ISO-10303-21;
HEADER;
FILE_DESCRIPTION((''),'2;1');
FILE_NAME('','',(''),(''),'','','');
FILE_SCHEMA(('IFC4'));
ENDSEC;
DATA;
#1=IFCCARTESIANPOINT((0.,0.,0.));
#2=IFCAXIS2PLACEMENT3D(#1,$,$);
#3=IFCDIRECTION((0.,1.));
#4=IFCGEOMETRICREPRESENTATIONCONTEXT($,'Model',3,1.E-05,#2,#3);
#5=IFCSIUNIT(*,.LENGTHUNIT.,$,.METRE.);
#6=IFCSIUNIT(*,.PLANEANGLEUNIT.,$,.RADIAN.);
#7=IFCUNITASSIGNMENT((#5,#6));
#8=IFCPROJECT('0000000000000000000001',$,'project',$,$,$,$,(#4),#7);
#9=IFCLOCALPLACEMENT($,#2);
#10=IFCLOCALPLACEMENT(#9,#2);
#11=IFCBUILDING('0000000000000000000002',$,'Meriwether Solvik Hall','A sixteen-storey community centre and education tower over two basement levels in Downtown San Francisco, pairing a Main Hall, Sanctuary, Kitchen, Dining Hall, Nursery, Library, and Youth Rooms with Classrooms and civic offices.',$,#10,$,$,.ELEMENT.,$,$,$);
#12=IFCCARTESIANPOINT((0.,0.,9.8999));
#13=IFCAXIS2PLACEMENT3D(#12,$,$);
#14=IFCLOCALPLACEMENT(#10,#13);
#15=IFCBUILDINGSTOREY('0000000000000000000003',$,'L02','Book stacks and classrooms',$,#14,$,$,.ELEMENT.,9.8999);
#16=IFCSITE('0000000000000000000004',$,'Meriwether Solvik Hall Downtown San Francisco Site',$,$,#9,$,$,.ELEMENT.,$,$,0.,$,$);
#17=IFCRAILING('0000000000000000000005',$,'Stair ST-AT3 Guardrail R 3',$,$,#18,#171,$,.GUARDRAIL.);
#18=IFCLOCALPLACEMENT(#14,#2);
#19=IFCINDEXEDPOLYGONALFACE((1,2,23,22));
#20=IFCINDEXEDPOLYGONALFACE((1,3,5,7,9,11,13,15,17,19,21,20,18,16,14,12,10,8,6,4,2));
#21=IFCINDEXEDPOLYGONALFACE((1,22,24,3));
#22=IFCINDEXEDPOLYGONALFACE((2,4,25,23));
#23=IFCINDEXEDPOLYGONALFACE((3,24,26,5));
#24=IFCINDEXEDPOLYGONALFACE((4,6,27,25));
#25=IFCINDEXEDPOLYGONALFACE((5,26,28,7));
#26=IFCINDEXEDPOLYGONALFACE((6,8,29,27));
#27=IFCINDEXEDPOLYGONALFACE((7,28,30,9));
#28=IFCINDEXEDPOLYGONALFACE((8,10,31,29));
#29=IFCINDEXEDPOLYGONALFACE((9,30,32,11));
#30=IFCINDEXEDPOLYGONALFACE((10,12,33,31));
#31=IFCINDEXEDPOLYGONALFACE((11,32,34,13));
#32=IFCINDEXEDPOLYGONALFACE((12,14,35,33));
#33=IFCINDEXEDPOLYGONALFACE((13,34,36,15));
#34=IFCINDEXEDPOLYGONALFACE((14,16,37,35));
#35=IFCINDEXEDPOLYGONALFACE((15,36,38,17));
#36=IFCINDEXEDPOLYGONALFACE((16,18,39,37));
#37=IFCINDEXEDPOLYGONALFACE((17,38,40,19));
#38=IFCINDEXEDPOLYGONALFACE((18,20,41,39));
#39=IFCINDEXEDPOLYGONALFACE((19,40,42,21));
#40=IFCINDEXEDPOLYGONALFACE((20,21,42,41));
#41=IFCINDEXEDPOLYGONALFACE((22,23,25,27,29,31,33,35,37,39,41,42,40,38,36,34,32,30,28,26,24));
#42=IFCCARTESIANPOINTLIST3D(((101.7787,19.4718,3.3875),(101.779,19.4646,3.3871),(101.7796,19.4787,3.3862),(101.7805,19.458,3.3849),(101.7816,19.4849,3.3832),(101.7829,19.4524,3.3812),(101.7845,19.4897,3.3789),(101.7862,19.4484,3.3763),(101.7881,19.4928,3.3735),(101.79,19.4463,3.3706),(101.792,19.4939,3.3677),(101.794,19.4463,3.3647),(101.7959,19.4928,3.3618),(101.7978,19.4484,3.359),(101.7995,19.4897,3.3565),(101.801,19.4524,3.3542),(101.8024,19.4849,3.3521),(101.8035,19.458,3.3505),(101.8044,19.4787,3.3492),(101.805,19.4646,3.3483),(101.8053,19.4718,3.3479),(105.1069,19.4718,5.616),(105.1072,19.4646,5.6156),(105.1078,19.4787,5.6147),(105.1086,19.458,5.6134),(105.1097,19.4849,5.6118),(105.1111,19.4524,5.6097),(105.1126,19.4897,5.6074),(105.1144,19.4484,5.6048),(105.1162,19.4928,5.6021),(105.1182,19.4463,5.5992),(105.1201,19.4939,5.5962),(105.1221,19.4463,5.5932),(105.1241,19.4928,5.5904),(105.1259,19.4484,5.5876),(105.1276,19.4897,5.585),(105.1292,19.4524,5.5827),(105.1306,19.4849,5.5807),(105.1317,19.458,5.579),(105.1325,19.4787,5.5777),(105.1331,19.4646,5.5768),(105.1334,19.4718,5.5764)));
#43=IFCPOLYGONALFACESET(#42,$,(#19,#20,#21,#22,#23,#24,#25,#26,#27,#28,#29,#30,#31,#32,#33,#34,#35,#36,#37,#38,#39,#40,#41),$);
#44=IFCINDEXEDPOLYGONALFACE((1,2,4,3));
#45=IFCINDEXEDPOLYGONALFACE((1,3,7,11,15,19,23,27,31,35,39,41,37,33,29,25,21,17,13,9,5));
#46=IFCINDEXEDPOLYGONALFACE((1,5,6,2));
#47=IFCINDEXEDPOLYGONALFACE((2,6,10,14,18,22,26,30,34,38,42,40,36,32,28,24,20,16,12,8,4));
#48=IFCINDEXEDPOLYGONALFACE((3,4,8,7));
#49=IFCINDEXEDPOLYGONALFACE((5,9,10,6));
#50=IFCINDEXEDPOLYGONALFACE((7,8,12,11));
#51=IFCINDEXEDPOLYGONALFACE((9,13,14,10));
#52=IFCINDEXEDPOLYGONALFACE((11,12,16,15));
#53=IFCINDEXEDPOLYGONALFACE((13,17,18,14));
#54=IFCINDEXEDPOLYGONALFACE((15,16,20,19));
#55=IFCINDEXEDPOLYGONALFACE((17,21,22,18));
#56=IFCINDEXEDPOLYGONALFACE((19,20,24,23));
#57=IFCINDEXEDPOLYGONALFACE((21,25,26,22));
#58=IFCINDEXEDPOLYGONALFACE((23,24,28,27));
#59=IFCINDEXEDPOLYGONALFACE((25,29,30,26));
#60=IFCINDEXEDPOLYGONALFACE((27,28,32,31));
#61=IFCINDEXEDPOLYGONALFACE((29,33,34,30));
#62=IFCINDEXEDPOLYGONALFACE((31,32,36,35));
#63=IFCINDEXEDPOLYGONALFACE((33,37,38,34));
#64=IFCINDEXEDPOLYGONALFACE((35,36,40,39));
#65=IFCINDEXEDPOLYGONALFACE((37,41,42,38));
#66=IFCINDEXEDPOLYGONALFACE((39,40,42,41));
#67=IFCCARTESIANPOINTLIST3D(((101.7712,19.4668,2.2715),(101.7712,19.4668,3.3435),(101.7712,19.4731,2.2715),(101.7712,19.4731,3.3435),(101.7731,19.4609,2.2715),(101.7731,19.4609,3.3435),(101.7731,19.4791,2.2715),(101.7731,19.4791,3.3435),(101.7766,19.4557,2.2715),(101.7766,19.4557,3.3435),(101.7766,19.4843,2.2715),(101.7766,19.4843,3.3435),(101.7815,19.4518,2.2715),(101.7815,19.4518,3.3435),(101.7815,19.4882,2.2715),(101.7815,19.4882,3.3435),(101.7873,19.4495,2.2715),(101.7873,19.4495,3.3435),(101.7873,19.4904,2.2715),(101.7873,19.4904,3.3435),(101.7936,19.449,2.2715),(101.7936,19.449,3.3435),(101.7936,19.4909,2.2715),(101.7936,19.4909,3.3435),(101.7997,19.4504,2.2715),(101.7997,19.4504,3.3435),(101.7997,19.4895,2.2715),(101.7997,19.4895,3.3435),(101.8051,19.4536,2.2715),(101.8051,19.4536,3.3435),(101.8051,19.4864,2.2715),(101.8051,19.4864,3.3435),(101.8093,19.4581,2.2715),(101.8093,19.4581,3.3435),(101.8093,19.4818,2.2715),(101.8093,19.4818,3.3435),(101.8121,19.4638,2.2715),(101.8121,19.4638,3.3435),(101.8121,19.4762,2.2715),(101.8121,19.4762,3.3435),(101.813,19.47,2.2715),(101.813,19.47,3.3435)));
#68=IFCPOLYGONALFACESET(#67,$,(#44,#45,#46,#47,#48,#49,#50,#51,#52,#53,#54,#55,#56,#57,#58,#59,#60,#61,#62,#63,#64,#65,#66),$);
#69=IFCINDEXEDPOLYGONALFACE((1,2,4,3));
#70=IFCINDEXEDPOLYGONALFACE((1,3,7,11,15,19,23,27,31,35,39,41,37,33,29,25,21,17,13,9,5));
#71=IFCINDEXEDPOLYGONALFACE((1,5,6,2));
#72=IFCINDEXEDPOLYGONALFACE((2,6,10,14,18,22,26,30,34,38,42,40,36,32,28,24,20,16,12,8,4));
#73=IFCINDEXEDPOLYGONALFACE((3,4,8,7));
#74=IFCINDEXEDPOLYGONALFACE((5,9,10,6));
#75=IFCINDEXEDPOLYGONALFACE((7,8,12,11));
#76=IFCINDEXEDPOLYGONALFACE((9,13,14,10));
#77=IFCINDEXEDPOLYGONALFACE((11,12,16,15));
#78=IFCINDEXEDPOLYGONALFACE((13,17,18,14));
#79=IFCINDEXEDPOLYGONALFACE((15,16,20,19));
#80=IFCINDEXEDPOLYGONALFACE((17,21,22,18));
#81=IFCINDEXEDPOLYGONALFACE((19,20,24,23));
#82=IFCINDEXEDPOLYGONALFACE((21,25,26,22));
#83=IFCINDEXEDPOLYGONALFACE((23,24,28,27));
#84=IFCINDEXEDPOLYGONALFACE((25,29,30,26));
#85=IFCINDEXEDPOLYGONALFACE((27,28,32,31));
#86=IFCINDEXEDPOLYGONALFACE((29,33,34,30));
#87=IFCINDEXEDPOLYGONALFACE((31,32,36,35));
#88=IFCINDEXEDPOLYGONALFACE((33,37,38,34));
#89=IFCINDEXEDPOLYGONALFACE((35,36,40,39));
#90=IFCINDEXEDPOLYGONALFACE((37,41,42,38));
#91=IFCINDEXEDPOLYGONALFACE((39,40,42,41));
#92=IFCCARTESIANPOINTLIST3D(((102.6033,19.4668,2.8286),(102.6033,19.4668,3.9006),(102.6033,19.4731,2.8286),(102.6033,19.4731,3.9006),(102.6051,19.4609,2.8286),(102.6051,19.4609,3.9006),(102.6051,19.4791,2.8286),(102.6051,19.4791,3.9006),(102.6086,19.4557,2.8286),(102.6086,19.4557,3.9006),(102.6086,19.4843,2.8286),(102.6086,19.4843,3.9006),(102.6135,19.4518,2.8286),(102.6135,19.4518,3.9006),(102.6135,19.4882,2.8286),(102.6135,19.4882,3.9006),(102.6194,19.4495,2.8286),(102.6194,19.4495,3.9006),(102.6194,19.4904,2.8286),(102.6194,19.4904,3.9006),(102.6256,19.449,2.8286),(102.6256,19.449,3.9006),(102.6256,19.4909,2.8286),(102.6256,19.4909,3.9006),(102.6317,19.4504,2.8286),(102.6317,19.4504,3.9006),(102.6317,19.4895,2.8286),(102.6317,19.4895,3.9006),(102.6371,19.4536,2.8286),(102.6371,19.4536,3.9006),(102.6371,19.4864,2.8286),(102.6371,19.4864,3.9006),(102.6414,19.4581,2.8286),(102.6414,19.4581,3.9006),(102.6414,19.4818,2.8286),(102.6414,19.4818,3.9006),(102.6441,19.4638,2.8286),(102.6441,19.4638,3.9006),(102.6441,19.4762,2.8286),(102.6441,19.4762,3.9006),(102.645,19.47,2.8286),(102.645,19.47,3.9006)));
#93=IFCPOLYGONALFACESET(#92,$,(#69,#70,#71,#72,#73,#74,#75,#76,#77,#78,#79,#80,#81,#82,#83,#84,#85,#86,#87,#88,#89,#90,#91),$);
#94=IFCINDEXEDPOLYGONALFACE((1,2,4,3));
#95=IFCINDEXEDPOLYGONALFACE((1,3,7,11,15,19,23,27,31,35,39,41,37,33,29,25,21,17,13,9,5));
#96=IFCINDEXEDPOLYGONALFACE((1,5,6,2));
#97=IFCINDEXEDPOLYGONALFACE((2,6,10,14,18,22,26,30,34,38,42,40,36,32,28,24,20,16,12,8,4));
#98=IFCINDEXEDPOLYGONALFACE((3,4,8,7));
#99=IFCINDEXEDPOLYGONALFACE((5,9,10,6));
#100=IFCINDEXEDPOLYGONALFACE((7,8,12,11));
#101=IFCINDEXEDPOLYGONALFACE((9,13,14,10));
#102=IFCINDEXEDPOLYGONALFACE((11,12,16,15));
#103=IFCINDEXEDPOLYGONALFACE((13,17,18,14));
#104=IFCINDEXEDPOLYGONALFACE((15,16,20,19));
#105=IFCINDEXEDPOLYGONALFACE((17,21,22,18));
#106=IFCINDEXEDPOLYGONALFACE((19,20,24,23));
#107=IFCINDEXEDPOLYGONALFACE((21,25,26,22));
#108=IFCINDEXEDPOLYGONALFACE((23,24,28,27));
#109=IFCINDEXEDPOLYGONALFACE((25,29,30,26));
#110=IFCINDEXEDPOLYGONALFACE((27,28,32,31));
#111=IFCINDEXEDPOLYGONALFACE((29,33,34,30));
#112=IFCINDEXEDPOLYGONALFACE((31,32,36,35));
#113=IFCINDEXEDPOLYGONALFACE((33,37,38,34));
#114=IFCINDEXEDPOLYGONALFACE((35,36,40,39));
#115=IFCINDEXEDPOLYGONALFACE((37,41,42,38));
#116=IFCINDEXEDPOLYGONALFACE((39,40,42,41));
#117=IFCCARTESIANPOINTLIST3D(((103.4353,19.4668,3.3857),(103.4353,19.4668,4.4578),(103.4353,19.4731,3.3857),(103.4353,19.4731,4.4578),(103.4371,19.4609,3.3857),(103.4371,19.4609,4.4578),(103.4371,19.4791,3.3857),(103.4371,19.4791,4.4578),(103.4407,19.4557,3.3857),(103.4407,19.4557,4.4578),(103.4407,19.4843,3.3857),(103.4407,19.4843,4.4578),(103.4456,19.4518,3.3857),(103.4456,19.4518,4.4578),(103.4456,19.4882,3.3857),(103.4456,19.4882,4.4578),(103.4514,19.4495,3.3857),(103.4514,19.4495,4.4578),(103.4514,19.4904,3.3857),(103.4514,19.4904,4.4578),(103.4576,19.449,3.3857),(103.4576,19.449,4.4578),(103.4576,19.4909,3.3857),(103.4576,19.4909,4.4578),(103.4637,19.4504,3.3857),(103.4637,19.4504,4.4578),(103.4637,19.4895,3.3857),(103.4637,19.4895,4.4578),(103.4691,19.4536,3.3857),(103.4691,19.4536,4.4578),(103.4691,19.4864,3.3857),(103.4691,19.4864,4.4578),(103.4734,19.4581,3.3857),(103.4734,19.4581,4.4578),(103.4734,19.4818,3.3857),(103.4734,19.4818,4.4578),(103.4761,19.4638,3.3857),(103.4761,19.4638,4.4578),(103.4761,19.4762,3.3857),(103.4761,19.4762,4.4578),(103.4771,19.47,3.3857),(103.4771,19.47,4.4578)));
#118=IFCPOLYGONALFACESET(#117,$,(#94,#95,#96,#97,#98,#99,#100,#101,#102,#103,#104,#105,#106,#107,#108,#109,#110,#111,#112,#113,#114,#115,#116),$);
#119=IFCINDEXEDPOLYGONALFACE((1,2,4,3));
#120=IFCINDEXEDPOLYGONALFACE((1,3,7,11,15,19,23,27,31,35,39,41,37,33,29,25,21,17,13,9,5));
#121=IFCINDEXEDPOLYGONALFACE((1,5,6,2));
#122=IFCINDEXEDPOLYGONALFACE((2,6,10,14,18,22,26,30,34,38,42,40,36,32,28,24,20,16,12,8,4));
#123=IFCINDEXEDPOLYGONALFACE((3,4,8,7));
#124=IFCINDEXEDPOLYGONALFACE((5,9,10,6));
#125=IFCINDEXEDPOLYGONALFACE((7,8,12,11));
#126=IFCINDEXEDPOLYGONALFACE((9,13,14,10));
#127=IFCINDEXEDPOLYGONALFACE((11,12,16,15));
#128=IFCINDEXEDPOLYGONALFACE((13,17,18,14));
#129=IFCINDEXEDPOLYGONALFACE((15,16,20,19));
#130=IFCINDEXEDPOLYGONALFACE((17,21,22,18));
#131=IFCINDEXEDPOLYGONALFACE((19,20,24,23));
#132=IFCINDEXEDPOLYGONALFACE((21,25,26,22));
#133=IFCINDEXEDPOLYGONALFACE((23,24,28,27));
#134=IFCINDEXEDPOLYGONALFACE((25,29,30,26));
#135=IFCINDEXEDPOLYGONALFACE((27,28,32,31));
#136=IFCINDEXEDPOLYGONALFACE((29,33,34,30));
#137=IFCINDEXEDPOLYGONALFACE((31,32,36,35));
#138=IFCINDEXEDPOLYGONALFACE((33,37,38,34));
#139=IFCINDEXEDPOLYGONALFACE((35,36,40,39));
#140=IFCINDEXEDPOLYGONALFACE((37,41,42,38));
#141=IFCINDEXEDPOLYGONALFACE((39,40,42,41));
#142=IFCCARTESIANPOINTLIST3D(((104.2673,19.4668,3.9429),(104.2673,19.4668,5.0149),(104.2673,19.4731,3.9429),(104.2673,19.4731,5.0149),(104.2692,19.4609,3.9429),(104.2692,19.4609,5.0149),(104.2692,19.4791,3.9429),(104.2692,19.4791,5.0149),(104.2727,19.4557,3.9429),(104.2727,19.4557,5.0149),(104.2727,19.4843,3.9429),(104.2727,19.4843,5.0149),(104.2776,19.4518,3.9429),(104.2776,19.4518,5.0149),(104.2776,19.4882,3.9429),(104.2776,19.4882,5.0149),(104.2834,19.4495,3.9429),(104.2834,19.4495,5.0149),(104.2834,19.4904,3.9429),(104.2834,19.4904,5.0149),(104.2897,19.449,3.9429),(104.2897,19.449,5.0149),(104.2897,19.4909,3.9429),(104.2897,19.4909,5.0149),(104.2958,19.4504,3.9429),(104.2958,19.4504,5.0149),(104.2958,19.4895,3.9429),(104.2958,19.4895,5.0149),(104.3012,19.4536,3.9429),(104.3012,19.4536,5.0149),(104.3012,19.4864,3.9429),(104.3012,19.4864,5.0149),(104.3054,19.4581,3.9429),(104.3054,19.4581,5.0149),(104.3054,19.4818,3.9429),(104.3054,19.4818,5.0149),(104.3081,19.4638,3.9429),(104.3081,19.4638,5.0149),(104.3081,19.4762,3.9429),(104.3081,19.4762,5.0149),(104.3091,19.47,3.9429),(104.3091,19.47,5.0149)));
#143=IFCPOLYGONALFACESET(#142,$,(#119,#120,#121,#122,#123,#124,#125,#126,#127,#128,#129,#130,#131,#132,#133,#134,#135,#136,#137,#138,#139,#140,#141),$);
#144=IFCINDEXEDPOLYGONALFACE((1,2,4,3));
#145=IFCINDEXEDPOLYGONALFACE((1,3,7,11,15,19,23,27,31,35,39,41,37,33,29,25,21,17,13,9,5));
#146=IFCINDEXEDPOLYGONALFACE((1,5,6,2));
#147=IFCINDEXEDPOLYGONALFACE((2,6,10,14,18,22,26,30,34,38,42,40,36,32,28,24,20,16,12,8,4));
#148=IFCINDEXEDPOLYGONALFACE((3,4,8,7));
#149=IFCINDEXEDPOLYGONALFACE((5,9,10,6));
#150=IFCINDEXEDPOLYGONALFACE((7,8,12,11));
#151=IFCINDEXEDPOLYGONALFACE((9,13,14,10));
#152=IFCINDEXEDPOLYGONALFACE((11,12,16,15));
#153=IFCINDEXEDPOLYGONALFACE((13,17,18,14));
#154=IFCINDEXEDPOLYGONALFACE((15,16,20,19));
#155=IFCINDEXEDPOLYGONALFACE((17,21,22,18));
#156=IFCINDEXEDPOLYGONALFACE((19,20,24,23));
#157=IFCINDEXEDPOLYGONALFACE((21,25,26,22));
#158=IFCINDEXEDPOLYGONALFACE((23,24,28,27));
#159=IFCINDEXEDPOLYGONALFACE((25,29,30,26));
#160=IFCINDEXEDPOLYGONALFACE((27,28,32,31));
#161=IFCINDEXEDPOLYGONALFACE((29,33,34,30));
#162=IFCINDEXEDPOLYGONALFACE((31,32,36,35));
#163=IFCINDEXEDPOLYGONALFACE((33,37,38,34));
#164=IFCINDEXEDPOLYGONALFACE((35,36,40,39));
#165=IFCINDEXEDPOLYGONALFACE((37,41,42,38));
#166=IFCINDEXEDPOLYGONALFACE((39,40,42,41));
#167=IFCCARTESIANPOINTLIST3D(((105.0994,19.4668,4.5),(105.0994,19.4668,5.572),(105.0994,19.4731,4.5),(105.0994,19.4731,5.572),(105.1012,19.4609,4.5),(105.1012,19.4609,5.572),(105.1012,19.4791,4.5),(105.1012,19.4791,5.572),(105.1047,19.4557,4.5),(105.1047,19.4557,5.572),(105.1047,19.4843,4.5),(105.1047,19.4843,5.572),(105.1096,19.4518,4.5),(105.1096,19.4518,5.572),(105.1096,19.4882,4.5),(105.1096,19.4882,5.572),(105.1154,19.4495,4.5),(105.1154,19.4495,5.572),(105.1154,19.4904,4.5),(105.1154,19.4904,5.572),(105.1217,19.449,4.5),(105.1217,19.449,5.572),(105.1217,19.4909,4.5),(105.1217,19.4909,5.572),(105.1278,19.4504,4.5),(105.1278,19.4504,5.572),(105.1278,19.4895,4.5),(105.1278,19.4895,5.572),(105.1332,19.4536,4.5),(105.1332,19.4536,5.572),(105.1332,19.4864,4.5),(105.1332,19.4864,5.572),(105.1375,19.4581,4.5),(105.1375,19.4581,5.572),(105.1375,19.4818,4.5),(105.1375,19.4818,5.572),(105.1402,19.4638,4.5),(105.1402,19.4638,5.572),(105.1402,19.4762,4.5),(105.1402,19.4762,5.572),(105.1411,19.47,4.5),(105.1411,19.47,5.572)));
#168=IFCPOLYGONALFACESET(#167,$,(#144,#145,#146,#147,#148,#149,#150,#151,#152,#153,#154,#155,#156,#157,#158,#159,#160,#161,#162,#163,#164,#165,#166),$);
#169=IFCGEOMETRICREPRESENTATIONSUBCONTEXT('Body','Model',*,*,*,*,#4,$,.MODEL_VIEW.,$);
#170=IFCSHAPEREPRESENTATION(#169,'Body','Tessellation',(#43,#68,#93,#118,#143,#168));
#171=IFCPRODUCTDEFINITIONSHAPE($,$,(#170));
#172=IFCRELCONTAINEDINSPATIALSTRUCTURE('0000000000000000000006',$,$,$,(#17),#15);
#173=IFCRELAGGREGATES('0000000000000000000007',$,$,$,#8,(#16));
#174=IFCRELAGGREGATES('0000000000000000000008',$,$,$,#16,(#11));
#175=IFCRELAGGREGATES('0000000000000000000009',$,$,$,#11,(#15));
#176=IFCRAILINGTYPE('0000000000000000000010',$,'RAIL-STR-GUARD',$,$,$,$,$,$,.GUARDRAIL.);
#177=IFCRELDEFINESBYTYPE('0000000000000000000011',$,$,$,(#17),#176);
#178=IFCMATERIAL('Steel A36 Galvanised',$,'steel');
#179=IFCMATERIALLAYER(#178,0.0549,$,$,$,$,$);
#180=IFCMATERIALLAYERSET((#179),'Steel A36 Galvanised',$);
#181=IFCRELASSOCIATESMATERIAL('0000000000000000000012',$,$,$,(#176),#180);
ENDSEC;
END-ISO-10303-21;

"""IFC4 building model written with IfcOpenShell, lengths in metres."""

from ifc_helpers import new_model, si_unit, direction, frame, origin, origin_2d, place, context, subcontext, project, spatial, circle, extrude, material, layer, layer_set, type_object, element, save


model = new_model("IFC4")

# Units and contexts
model_context = context("Model", 3, precision=1e-05, world=origin(), true_north=direction((0.0, 1.0)))
body_context = subcontext(model_context, "Body", "Model", "MODEL_VIEW")
ifc_project = project(units=[si_unit("LENGTHUNIT", "METRE"), si_unit("PLANEANGLEUNIT", "RADIAN")], contexts=[model_context])

# Site, building, storey
site_placement = place(None, origin())
site = spatial("IfcSite", under=ifc_project, at=site_placement, Name="Meriwether Solvik Hall Downtown San Francisco Site", CompositionType="ELEMENT", RefElevation=0.0)
building_placement = place(site_placement, origin())
building = spatial("IfcBuilding", under=site, at=building_placement, Name="Meriwether Solvik Hall", Description="A sixteen-storey community centre and education tower over two basement levels in Downtown San Francisco, pairing a Main Hall, Sanctuary, Kitchen, Dining Hall, Nursery, Library, and Youth Rooms with Classrooms and civic offices.", CompositionType="ELEMENT")
storey_placement = place(building_placement, frame((0.0, 0.0, 9.8999)))
storey = spatial("IfcBuildingStorey", under=building, at=storey_placement, Name="L02", Description="Book stacks and classrooms", CompositionType="ELEMENT", Elevation=9.8999)

# Railing
ifc_material_1 = material(Name="Steel A36 Galvanised", Category="steel")
ifc_layer_1 = layer(ifc_material_1, 0.0549)
ifc_layer_set_1 = layer_set([ifc_layer_1], Name="Steel A36 Galvanised")
railing_type_1 = type_object("IfcRailingType", Name="RAIL-STR-GUARD", PredefinedType="GUARDRAIL", material=ifc_layer_set_1)
for number, where, name in (
    (1, (101.792, 19.47, 2.2715), "Stair ST-AT3 Guardrail R 3"),
):
    element("IfcRailing", number, at=place(storey_placement, frame(where)), inside=storey, type_object=railing_type_1, Name=name, PredefinedType="GUARDRAIL", context=body_context, shape_type="SweptSolid", body=[
        extrude(circle(Radius=0.0239, at=origin_2d()), frame((0.0, 0.0, 1.0962), z_axis=(0.830923, 0.0, 0.556387), x_axis=(0.0, 1.0, 0.0)), (0.0, 0.0, 1.0), 4.0054),
        extrude(circle(Radius=0.021, at=origin_2d()), origin(), (0.0, 0.0, 1.0), 1.072),
        extrude(circle(Radius=0.021, at=origin_2d()), frame((0.832, 0.0, 0.5571)), (0.0, 0.0, 1.0), 1.072),
        extrude(circle(Radius=0.021, at=origin_2d()), frame((1.6641, 0.0, 1.1143)), (0.0, 0.0, 1.0), 1.072),
        extrude(circle(Radius=0.021, at=origin_2d()), frame((2.4961, 0.0, 1.6714)), (0.0, 0.0, 1.0), 1.072),
        extrude(circle(Radius=0.021, at=origin_2d()), frame((3.3281, 0.0, 2.2285)), (0.0, 0.0, 1.0), 1.072),
    ])

save(model, "model.ifc")
